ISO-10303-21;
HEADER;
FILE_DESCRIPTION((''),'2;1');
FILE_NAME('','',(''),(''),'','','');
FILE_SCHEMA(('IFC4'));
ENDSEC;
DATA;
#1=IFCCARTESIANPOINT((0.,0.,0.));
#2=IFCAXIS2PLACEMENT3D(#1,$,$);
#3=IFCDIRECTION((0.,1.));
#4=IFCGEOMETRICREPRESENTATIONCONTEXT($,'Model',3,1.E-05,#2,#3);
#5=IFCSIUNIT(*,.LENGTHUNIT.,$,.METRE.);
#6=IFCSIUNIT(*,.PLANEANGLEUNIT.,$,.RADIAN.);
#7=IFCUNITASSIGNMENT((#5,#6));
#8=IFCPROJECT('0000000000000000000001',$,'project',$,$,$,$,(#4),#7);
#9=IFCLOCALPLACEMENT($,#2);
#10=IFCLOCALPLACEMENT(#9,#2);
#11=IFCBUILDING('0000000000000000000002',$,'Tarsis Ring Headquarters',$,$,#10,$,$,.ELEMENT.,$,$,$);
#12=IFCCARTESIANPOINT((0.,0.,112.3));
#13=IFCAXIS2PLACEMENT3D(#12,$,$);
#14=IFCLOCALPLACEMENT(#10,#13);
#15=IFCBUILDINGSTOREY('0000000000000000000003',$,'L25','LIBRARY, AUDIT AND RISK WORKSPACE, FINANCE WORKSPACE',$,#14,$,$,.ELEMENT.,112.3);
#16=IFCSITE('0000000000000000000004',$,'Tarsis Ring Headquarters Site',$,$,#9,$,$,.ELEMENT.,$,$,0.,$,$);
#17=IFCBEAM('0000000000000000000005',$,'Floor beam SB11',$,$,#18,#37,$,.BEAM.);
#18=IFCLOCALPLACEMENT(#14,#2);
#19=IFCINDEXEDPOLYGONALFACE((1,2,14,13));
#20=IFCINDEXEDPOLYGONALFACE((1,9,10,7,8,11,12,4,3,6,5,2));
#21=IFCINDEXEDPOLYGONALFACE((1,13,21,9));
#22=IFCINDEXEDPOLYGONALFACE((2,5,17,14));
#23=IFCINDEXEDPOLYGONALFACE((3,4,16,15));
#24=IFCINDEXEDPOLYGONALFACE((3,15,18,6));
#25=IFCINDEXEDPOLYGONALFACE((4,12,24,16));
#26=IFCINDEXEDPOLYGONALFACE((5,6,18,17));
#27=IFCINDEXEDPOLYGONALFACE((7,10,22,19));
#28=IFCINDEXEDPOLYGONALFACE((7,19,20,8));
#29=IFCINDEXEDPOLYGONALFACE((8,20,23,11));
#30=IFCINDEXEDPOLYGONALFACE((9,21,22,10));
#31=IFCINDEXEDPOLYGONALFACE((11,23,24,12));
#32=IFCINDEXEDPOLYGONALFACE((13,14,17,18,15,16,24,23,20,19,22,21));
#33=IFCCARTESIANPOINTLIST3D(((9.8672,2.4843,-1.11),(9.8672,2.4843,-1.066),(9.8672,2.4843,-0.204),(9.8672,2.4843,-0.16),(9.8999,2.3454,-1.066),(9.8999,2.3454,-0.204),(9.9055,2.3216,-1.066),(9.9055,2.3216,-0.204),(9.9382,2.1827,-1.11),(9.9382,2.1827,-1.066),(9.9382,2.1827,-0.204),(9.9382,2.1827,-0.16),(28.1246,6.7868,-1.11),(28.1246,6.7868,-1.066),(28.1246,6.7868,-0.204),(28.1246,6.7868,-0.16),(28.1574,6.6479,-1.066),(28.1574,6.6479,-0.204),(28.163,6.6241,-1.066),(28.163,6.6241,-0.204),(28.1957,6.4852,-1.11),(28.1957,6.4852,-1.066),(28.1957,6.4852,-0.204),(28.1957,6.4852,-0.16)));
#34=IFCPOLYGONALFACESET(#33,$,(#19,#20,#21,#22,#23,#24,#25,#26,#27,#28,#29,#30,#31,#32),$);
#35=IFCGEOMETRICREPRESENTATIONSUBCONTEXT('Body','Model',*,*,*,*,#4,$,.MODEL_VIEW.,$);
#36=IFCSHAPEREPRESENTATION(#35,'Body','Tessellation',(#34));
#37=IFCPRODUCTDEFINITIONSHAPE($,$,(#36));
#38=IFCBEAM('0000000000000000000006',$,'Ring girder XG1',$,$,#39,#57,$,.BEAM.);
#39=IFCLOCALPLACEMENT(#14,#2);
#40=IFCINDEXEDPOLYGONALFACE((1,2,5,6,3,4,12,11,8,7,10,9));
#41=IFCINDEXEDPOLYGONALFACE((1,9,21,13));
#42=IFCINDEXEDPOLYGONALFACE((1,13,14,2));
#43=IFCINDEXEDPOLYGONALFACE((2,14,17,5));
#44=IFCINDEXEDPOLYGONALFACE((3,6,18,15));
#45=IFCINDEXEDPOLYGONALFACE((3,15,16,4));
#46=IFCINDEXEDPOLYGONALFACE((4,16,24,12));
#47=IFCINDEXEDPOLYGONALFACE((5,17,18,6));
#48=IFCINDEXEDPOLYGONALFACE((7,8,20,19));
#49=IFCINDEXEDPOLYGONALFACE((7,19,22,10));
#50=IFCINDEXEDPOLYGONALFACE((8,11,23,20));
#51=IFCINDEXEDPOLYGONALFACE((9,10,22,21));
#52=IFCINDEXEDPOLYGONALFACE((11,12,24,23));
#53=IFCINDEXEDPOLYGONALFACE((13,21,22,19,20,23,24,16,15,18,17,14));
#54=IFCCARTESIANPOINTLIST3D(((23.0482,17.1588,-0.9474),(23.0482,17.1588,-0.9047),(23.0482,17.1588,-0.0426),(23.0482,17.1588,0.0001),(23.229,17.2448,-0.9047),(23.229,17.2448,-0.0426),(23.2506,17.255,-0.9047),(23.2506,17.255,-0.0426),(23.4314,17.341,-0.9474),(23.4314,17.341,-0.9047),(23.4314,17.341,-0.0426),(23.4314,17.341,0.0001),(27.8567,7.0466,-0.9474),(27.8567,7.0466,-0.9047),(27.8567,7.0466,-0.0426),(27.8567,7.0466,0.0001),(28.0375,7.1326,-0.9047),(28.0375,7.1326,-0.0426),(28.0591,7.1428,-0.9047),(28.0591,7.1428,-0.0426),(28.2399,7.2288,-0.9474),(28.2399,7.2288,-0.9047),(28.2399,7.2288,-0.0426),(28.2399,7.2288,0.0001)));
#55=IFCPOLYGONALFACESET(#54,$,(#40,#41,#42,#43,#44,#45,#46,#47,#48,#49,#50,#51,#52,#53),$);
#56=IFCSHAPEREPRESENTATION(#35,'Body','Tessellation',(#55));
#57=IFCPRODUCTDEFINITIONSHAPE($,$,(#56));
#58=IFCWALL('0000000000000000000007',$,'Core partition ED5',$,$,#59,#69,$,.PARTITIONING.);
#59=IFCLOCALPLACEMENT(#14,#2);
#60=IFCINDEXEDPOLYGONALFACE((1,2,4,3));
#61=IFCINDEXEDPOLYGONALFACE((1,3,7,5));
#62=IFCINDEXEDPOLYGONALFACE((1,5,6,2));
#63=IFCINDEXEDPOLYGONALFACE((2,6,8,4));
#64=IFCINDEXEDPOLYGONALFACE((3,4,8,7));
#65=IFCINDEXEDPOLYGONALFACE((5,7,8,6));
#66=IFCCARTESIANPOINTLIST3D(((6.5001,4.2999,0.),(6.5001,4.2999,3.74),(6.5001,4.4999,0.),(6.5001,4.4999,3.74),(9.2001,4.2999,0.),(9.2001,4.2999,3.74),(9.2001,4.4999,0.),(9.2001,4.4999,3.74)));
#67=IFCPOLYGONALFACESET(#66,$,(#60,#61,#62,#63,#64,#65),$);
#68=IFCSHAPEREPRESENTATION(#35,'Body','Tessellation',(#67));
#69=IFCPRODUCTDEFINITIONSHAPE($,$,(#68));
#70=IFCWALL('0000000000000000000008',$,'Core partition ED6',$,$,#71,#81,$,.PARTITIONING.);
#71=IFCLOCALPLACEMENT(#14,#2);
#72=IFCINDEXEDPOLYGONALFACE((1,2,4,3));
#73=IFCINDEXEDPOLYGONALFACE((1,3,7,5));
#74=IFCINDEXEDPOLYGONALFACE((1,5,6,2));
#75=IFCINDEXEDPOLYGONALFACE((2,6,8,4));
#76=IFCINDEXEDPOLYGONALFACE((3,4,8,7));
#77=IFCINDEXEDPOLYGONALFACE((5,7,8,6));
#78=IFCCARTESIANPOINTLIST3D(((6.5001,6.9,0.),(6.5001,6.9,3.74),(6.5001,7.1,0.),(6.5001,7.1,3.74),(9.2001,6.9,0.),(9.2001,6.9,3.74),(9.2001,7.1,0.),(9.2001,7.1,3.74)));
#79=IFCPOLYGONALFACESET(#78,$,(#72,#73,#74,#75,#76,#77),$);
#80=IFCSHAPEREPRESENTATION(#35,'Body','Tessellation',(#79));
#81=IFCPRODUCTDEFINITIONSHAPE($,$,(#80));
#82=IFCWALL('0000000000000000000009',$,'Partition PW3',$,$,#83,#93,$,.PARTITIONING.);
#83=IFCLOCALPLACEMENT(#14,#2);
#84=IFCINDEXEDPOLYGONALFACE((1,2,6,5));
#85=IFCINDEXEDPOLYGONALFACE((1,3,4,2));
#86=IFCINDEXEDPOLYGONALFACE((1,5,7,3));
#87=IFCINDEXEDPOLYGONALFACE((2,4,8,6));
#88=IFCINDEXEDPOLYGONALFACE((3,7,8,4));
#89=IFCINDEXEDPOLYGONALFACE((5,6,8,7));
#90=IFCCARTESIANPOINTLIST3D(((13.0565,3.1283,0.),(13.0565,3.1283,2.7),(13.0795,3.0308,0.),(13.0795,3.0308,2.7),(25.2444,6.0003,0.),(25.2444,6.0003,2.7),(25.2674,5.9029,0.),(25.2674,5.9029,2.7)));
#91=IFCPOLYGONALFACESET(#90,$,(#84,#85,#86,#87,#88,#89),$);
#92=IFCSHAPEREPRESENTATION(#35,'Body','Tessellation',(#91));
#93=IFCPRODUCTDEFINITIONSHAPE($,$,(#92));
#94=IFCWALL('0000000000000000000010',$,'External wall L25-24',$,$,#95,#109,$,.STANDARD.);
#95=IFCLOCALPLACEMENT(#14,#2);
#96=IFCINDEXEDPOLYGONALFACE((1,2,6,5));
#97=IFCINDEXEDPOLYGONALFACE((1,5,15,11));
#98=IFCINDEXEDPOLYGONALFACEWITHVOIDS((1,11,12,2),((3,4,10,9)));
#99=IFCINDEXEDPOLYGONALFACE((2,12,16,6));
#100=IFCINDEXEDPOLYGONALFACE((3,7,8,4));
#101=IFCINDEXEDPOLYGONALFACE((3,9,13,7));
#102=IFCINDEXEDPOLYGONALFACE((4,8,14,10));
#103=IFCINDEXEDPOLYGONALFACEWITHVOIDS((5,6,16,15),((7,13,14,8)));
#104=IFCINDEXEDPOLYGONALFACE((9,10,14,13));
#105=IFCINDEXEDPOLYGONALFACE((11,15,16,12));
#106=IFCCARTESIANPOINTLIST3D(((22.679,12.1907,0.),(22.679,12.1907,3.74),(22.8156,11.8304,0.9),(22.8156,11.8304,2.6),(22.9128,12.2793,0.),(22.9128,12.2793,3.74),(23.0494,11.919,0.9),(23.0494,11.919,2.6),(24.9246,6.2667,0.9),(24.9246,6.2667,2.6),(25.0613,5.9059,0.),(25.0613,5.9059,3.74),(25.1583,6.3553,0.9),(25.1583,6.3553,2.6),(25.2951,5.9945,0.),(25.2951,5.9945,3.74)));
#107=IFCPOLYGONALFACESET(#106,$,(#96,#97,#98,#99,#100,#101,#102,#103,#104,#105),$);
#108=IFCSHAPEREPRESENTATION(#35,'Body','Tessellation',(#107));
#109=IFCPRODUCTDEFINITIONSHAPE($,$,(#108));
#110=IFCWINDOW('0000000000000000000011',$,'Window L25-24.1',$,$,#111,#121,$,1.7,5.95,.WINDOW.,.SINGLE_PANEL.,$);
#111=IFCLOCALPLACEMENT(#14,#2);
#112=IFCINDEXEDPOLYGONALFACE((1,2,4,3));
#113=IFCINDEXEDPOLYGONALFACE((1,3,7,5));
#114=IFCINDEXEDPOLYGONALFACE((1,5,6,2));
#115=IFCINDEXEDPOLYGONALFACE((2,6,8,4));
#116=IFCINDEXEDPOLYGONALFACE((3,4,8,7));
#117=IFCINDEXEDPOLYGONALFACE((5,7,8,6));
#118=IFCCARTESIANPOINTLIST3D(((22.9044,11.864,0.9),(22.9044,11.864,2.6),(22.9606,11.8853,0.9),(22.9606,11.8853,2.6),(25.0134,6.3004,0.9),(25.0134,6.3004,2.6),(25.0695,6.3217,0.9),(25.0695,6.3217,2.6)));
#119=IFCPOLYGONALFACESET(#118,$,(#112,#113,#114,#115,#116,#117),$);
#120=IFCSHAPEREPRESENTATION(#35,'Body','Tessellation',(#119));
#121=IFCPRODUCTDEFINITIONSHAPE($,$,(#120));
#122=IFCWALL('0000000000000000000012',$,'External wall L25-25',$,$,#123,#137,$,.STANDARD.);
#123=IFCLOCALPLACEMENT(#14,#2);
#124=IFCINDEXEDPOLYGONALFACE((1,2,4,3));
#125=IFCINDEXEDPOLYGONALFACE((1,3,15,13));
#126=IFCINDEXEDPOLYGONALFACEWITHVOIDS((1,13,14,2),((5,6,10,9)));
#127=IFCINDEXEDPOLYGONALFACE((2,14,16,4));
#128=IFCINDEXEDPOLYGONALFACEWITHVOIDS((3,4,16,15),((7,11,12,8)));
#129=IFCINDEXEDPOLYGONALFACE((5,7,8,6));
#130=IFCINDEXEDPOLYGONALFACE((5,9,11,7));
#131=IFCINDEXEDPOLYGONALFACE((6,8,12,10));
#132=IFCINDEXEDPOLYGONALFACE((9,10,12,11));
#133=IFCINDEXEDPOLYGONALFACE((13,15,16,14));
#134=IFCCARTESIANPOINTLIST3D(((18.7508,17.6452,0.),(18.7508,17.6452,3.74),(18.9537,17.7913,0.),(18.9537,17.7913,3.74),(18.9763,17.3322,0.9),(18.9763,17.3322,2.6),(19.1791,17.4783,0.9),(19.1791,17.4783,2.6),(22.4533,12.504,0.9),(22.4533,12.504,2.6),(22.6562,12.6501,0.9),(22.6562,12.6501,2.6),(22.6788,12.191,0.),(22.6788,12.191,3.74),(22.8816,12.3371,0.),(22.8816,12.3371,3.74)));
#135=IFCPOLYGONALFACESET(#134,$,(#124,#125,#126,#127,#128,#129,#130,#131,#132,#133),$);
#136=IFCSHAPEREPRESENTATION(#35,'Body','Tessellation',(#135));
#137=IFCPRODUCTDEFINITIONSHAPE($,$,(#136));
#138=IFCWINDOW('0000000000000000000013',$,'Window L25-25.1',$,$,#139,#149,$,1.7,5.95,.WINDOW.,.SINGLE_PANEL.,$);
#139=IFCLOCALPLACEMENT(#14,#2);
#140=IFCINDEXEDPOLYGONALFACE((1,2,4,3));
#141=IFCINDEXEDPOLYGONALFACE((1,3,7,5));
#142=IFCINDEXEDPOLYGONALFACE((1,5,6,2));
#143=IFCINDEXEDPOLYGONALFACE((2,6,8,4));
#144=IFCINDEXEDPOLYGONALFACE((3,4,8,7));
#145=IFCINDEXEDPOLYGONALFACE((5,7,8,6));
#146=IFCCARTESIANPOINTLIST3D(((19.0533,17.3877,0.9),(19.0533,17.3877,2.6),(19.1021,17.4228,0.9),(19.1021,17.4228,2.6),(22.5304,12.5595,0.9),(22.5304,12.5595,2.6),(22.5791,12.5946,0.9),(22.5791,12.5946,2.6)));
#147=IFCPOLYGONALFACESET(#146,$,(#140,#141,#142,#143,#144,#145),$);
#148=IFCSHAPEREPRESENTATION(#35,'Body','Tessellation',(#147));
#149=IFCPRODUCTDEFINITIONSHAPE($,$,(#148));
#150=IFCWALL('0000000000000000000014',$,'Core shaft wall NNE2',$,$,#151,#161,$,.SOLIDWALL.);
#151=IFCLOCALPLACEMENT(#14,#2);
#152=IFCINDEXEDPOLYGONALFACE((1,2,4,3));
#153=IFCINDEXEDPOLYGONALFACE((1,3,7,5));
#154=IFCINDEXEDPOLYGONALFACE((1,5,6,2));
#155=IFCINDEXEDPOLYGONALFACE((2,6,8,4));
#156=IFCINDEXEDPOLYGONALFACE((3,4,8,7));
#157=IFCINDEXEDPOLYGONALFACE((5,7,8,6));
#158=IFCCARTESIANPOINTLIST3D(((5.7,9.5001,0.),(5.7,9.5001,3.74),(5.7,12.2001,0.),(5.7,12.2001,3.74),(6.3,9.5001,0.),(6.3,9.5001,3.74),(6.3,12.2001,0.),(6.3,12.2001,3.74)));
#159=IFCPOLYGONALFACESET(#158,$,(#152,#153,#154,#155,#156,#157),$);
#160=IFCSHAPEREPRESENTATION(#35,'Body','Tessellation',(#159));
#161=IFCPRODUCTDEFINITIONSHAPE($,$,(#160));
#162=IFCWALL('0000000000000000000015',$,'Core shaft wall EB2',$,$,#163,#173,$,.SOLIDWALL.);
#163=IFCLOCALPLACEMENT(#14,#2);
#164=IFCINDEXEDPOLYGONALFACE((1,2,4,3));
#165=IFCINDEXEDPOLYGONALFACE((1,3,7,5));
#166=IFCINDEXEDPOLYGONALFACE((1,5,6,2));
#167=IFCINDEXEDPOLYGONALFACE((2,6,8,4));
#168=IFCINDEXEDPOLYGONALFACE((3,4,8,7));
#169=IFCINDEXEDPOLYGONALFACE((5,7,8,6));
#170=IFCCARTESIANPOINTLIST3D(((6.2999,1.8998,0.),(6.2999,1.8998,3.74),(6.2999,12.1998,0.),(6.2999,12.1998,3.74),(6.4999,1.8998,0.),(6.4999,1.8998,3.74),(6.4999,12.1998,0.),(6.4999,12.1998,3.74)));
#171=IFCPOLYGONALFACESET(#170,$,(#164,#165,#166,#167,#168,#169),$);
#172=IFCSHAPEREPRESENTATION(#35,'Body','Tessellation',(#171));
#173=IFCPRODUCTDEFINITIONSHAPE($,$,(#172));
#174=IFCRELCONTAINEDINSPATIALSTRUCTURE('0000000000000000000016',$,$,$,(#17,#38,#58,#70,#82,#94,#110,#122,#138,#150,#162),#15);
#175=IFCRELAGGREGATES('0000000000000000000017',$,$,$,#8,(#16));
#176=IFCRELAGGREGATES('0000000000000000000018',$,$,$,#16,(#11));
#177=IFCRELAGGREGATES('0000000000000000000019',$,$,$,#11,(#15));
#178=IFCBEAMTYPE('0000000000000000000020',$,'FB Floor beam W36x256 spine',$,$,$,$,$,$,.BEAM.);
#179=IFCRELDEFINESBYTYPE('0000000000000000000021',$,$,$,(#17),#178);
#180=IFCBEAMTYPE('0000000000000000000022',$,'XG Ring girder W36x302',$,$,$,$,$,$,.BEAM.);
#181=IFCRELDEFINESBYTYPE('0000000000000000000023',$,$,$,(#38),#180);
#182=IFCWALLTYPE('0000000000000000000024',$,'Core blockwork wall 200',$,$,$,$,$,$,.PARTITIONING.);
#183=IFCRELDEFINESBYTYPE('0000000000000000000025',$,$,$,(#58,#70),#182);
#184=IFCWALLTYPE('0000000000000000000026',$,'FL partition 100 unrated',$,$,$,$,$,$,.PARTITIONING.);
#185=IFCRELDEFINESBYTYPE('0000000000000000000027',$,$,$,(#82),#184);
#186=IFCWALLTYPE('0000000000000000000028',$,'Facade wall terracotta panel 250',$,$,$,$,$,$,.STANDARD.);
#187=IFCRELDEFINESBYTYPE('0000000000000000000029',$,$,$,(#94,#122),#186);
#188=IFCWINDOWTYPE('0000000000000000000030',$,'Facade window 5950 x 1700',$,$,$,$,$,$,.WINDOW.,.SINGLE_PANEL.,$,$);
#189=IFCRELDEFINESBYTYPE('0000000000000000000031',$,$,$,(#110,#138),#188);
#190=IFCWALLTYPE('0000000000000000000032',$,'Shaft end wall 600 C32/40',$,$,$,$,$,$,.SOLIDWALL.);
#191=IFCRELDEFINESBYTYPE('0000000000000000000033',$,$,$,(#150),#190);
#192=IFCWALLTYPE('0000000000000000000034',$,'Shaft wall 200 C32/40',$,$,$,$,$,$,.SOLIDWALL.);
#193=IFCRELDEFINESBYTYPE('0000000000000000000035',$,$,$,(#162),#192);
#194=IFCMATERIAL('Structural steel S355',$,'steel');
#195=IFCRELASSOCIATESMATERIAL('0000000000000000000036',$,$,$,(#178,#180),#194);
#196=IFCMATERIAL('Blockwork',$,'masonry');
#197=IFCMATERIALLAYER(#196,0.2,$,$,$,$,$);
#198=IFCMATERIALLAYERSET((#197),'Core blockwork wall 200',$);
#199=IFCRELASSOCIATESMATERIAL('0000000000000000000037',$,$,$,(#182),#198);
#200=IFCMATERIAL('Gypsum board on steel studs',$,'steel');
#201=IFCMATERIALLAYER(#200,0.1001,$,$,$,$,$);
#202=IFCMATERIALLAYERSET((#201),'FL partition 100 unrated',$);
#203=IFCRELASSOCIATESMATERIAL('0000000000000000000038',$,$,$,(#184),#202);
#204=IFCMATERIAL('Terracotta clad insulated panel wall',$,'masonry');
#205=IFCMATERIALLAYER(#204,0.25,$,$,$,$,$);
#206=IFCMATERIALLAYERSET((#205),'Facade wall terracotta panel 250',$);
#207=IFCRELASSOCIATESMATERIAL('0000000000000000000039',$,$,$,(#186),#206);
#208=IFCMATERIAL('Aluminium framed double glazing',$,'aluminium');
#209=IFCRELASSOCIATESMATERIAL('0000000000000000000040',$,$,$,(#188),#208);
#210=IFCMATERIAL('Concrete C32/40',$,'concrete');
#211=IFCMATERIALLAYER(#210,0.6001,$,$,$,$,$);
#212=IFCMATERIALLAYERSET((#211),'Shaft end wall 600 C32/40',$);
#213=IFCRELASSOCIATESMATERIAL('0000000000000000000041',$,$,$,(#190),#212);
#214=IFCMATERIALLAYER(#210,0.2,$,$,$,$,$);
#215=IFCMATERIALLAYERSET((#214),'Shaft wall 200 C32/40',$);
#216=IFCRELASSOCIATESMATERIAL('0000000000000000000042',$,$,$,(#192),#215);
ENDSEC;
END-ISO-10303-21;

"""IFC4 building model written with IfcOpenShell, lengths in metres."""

from ifc_helpers import new_model, si_unit, direction, frame, frame_2d, origin, origin_2d, place, context, subcontext, project, spatial, rectangle, i_section, extrude, material, layer, layer_set, material_profile, profile_set, type_object, element, fill, save


model = new_model("IFC4")

# Units and contexts
model_context = context("Model", 3, precision=1e-05, world=origin(), true_north=direction((0.0, 1.0)))
body_context = subcontext(model_context, "Body", "Model", "MODEL_VIEW")
ifc_project = project(units=[si_unit("LENGTHUNIT", "METRE"), si_unit("PLANEANGLEUNIT", "RADIAN")], contexts=[model_context])

# Site, building, storey
site_placement = place(None, origin())
site = spatial("IfcSite", under=ifc_project, at=site_placement, Name="Tarsis Ring Headquarters Site", CompositionType="ELEMENT", RefElevation=0.0)
building_placement = place(site_placement, origin())
building = spatial("IfcBuilding", under=site, at=building_placement, Name="Tarsis Ring Headquarters", CompositionType="ELEMENT")
storey_placement = place(building_placement, frame((0.0, 0.0, 112.3)))
storey = spatial("IfcBuildingStorey", under=building, at=storey_placement, Name="L25", Description="LIBRARY, AUDIT AND RISK WORKSPACE, FINANCE WORKSPACE", CompositionType="ELEMENT", Elevation=112.3)

# Shared definitions
ifc_material_1 = material(Name="Structural steel S355", Category="steel")

# Beams
ifc_material_profile_1 = material_profile(ifc_material_1, i_section(OverallWidth=0.3098, OverallDepth=0.95, WebThickness=0.0244, FlangeThickness=0.0439, at=origin_2d()), Name="W36x256")
ifc_profile_set_1 = profile_set([ifc_material_profile_1], Name="Structural steel S355")
beam_type_1 = type_object("IfcBeamType", Name="FB Floor beam W36x256 spine", PredefinedType="BEAM", material=ifc_profile_set_1)
beam_1_placement = place(storey_placement, frame((28.1602, 6.636, -0.635), z_axis=(-0.973339, -0.229372, 0.0), x_axis=(0.229372, -0.973339, 0.0)))
element("IfcBeam", 1, at=beam_1_placement, inside=storey, type_object=beam_type_1, Name="Floor beam SB11", PredefinedType="BEAM", context=body_context, shape_type="SweptSolid", body=[
    extrude(i_section(OverallWidth=0.3098, OverallDepth=0.95, WebThickness=0.0244, FlangeThickness=0.0439, at=origin_2d()), origin(), (0.0, 0.0, 1.0), 18.7576),
])
ifc_material_profile_2 = material_profile(ifc_material_1, i_section(OverallWidth=0.4243, OverallDepth=0.9475, WebThickness=0.0239, FlangeThickness=0.0427, at=origin_2d()), Name="W36x302")
ifc_profile_set_2 = profile_set([ifc_material_profile_2], Name="Structural steel S355")
beam_type_2 = type_object("IfcBeamType", Name="XG Ring girder W36x302", PredefinedType="BEAM", material=ifc_profile_set_2)
beam_2_placement = place(storey_placement, frame((28.0483, 7.1377, -0.4736), z_axis=(-0.429439, 0.903096, 0.0), x_axis=(-0.903096, -0.429439, 0.0)))
element("IfcBeam", 2, at=beam_2_placement, inside=storey, type_object=beam_type_2, Name="Ring girder XG1", PredefinedType="BEAM", context=body_context, shape_type="SweptSolid", body=[
    extrude(i_section(OverallWidth=0.4243, OverallDepth=0.9475, WebThickness=0.0239, FlangeThickness=0.0427, at=origin_2d()), origin(), (0.0, 0.0, 1.0), 11.1973),
])

# Walls
ifc_material_2 = material(Name="Blockwork", Category="masonry")
ifc_layer_1 = layer(ifc_material_2, 0.2)
ifc_layer_set_1 = layer_set([ifc_layer_1], Name="Core blockwork wall 200")
wall_type_1 = type_object("IfcWallType", Name="Core blockwork wall 200", PredefinedType="PARTITIONING", material=ifc_layer_set_1)
for number, where, z_axis, x_axis, name in (
    (3, (6.5, 4.3999, 0.0), (0.0, 0.0, 1.0), (1.0, 0.0, 0.0), "Core partition ED5"),
    (4, (6.5, 7.0, 0.0), (0.0, 0.0, 1.0), (1.0, 0.0, 0.0), "Core partition ED6"),
):
    element("IfcWall", number, at=place(storey_placement, frame(where, z_axis=z_axis, x_axis=x_axis)), inside=storey, type_object=wall_type_1, Name=name, PredefinedType="PARTITIONING", context=body_context, shape_type="SweptSolid", body=[
        extrude(rectangle(XDim=2.7, YDim=0.2, at=frame_2d((1.3501, 0.0))), origin(), (0.0, 0.0, 1.0), 3.74),
    ])
ifc_material_3 = material(Name="Gypsum board on steel studs", Category="steel")
ifc_layer_2 = layer(ifc_material_3, 0.1001)
ifc_layer_set_2 = layer_set([ifc_layer_2], Name="FL partition 100 unrated")
wall_type_2 = type_object("IfcWallType", Name="FL partition 100 unrated", PredefinedType="PARTITIONING", material=ifc_layer_set_2)
wall_1_placement = place(storey_placement, frame((13.0681, 3.0796, 0.0), z_axis=(0.0, 0.0, 1.0), x_axis=(0.97334, 0.229365, 0.0)))
element("IfcWall", 5, at=wall_1_placement, inside=storey, type_object=wall_type_2, Name="Partition PW3", PredefinedType="PARTITIONING", context=body_context, shape_type="SweptSolid", body=[
    extrude(rectangle(XDim=12.5217, YDim=0.1001, at=frame_2d((6.2607, 0.0))), origin(), (0.0, 0.0, 1.0), 2.7),
])

# Walls, openings, windows
ifc_material_4 = material(Name="Terracotta clad insulated panel wall", Category="masonry")
ifc_layer_3 = layer(ifc_material_4, 0.25)
ifc_layer_set_3 = layer_set([ifc_layer_3], Name="Facade wall terracotta panel 250")
wall_type_3 = type_object("IfcWallType", Name="Facade wall terracotta panel 250", PredefinedType="STANDARD", material=ifc_layer_set_3)
wall_2_placement = place(storey_placement, frame((25.1782, 5.9502, 0.0), z_axis=(0.0, 0.0, 1.0), x_axis=(-0.354445, 0.935077, 0.0)))
wall_2 = element("IfcWall", 6, at=wall_2_placement, inside=storey, type_object=wall_type_3, Name="External wall L25-24", PredefinedType="STANDARD", context=body_context, shape_type="SweptSolid", body=[
    extrude(rectangle(XDim=6.7212, YDim=0.25, at=frame_2d((3.3606, 0.0))), origin(), (0.0, 0.0, 1.0), 3.74),
])
opening_1_placement = place(wall_2_placement, frame((0.3857, 0.0, 0.8999)))
opening_1 = element("IfcOpeningElement", 7, at=opening_1_placement, cuts=wall_2, PredefinedType="OPENING", context=body_context, shape_type="SweptSolid", body=[
    extrude(rectangle(XDim=5.95, YDim=1.7, at=frame_2d((2.9751, 0.8501))), frame((0.0, 0.135, 0.0), z_axis=(0.0, -1.0, 0.0), x_axis=(1.0, 0.0, 0.0)), (0.0, 0.0, 1.0), 0.27),
])
ifc_material_5 = material(Name="Aluminium framed double glazing", Category="aluminium")
window_type = type_object("IfcWindowType", Name="Facade window 5950 x 1700", PartitioningType="SINGLE_PANEL", PredefinedType="WINDOW", material=ifc_material_5)
window_1_placement = place(opening_1_placement, origin())
window_1 = element("IfcWindow", 8, at=window_1_placement, inside=storey, type_object=window_type, Name="Window L25-24.1", OverallHeight=1.7, OverallWidth=5.95, PartitioningType="SINGLE_PANEL", PredefinedType="WINDOW", context=body_context, shape_type="SweptSolid", body=[
    extrude(rectangle(XDim=5.95, YDim=1.7, at=frame_2d((2.9751, 0.8501))), frame((0.0, 0.03, 0.0), z_axis=(0.0, -1.0, 0.0), x_axis=(1.0, 0.0, 0.0)), (0.0, 0.0, 1.0), 0.0601),
])
fill(opening_1, window_1)
wall_3_placement = place(storey_placement, frame((22.7803, 12.2639, 0.0), z_axis=(0.0, 0.0, 1.0), x_axis=(-0.584388, 0.811474, 0.0)))
wall_3 = element("IfcWall", 9, at=wall_3_placement, inside=storey, type_object=wall_type_3, Name="External wall L25-25", PredefinedType="STANDARD", context=body_context, shape_type="SweptSolid", body=[
    extrude(rectangle(XDim=6.7214, YDim=0.25, at=frame_2d((3.3608, 0.0))), origin(), (0.0, 0.0, 1.0), 3.74),
])
opening_2_placement = place(wall_3_placement, frame((0.3857, 0.0, 0.8999)))
opening_2 = element("IfcOpeningElement", 10, at=opening_2_placement, cuts=wall_3, PredefinedType="OPENING", context=body_context, shape_type="SweptSolid", body=[
    extrude(rectangle(XDim=5.95, YDim=1.7, at=frame_2d((2.9751, 0.8501))), frame((0.0, 0.135, 0.0), z_axis=(0.0, -1.0, 0.0), x_axis=(1.0, 0.0, 0.0)), (0.0, 0.0, 1.0), 0.27),
])
window_2_placement = place(opening_2_placement, origin())
window_2 = element("IfcWindow", 11, at=window_2_placement, inside=storey, type_object=window_type, Name="Window L25-25.1", OverallHeight=1.7, OverallWidth=5.95, PartitioningType="SINGLE_PANEL", PredefinedType="WINDOW", context=body_context, shape_type="SweptSolid", body=[
    extrude(rectangle(XDim=5.95, YDim=1.7, at=frame_2d((2.9751, 0.8501))), frame((0.0, 0.03, 0.0), z_axis=(0.0, -1.0, 0.0), x_axis=(1.0, 0.0, 0.0)), (0.0, 0.0, 1.0), 0.0601),
])
fill(opening_2, window_2)

# Walls
ifc_material_6 = material(Name="Concrete C32/40", Category="concrete")
ifc_layer_4 = layer(ifc_material_6, 0.6001)
ifc_layer_set_4 = layer_set([ifc_layer_4], Name="Shaft end wall 600 C32/40")
wall_type_4 = type_object("IfcWallType", Name="Shaft end wall 600 C32/40", PredefinedType="SOLIDWALL", material=ifc_layer_set_4)
wall_4_placement = place(storey_placement, frame((6.0, 9.5, 0.0), z_axis=(0.0, 0.0, 1.0), x_axis=(0.0, 1.0, 0.0)))
element("IfcWall", 12, at=wall_4_placement, inside=storey, type_object=wall_type_4, Name="Core shaft wall NNE2", PredefinedType="SOLIDWALL", context=body_context, shape_type="SweptSolid", body=[
    extrude(rectangle(XDim=2.7, YDim=0.6001, at=frame_2d((1.3501, 0.0))), origin(), (0.0, 0.0, 1.0), 3.74),
])
ifc_layer_5 = layer(ifc_material_6, 0.2)
ifc_layer_set_5 = layer_set([ifc_layer_5], Name="Shaft wall 200 C32/40")
wall_type_5 = type_object("IfcWallType", Name="Shaft wall 200 C32/40", PredefinedType="SOLIDWALL", material=ifc_layer_set_5)
wall_5_placement = place(storey_placement, frame((6.3999, 1.8999, 0.0), z_axis=(0.0, 0.0, 1.0), x_axis=(0.0, 1.0, 0.0)))
element("IfcWall", 13, at=wall_5_placement, inside=storey, type_object=wall_type_5, Name="Core shaft wall EB2", PredefinedType="SOLIDWALL", context=body_context, shape_type="SweptSolid", body=[
    extrude(rectangle(XDim=10.3, YDim=0.2, at=frame_2d((5.1499, 0.0))), origin(), (0.0, 0.0, 1.0), 3.74),
])

save(model, "model.ifc")
